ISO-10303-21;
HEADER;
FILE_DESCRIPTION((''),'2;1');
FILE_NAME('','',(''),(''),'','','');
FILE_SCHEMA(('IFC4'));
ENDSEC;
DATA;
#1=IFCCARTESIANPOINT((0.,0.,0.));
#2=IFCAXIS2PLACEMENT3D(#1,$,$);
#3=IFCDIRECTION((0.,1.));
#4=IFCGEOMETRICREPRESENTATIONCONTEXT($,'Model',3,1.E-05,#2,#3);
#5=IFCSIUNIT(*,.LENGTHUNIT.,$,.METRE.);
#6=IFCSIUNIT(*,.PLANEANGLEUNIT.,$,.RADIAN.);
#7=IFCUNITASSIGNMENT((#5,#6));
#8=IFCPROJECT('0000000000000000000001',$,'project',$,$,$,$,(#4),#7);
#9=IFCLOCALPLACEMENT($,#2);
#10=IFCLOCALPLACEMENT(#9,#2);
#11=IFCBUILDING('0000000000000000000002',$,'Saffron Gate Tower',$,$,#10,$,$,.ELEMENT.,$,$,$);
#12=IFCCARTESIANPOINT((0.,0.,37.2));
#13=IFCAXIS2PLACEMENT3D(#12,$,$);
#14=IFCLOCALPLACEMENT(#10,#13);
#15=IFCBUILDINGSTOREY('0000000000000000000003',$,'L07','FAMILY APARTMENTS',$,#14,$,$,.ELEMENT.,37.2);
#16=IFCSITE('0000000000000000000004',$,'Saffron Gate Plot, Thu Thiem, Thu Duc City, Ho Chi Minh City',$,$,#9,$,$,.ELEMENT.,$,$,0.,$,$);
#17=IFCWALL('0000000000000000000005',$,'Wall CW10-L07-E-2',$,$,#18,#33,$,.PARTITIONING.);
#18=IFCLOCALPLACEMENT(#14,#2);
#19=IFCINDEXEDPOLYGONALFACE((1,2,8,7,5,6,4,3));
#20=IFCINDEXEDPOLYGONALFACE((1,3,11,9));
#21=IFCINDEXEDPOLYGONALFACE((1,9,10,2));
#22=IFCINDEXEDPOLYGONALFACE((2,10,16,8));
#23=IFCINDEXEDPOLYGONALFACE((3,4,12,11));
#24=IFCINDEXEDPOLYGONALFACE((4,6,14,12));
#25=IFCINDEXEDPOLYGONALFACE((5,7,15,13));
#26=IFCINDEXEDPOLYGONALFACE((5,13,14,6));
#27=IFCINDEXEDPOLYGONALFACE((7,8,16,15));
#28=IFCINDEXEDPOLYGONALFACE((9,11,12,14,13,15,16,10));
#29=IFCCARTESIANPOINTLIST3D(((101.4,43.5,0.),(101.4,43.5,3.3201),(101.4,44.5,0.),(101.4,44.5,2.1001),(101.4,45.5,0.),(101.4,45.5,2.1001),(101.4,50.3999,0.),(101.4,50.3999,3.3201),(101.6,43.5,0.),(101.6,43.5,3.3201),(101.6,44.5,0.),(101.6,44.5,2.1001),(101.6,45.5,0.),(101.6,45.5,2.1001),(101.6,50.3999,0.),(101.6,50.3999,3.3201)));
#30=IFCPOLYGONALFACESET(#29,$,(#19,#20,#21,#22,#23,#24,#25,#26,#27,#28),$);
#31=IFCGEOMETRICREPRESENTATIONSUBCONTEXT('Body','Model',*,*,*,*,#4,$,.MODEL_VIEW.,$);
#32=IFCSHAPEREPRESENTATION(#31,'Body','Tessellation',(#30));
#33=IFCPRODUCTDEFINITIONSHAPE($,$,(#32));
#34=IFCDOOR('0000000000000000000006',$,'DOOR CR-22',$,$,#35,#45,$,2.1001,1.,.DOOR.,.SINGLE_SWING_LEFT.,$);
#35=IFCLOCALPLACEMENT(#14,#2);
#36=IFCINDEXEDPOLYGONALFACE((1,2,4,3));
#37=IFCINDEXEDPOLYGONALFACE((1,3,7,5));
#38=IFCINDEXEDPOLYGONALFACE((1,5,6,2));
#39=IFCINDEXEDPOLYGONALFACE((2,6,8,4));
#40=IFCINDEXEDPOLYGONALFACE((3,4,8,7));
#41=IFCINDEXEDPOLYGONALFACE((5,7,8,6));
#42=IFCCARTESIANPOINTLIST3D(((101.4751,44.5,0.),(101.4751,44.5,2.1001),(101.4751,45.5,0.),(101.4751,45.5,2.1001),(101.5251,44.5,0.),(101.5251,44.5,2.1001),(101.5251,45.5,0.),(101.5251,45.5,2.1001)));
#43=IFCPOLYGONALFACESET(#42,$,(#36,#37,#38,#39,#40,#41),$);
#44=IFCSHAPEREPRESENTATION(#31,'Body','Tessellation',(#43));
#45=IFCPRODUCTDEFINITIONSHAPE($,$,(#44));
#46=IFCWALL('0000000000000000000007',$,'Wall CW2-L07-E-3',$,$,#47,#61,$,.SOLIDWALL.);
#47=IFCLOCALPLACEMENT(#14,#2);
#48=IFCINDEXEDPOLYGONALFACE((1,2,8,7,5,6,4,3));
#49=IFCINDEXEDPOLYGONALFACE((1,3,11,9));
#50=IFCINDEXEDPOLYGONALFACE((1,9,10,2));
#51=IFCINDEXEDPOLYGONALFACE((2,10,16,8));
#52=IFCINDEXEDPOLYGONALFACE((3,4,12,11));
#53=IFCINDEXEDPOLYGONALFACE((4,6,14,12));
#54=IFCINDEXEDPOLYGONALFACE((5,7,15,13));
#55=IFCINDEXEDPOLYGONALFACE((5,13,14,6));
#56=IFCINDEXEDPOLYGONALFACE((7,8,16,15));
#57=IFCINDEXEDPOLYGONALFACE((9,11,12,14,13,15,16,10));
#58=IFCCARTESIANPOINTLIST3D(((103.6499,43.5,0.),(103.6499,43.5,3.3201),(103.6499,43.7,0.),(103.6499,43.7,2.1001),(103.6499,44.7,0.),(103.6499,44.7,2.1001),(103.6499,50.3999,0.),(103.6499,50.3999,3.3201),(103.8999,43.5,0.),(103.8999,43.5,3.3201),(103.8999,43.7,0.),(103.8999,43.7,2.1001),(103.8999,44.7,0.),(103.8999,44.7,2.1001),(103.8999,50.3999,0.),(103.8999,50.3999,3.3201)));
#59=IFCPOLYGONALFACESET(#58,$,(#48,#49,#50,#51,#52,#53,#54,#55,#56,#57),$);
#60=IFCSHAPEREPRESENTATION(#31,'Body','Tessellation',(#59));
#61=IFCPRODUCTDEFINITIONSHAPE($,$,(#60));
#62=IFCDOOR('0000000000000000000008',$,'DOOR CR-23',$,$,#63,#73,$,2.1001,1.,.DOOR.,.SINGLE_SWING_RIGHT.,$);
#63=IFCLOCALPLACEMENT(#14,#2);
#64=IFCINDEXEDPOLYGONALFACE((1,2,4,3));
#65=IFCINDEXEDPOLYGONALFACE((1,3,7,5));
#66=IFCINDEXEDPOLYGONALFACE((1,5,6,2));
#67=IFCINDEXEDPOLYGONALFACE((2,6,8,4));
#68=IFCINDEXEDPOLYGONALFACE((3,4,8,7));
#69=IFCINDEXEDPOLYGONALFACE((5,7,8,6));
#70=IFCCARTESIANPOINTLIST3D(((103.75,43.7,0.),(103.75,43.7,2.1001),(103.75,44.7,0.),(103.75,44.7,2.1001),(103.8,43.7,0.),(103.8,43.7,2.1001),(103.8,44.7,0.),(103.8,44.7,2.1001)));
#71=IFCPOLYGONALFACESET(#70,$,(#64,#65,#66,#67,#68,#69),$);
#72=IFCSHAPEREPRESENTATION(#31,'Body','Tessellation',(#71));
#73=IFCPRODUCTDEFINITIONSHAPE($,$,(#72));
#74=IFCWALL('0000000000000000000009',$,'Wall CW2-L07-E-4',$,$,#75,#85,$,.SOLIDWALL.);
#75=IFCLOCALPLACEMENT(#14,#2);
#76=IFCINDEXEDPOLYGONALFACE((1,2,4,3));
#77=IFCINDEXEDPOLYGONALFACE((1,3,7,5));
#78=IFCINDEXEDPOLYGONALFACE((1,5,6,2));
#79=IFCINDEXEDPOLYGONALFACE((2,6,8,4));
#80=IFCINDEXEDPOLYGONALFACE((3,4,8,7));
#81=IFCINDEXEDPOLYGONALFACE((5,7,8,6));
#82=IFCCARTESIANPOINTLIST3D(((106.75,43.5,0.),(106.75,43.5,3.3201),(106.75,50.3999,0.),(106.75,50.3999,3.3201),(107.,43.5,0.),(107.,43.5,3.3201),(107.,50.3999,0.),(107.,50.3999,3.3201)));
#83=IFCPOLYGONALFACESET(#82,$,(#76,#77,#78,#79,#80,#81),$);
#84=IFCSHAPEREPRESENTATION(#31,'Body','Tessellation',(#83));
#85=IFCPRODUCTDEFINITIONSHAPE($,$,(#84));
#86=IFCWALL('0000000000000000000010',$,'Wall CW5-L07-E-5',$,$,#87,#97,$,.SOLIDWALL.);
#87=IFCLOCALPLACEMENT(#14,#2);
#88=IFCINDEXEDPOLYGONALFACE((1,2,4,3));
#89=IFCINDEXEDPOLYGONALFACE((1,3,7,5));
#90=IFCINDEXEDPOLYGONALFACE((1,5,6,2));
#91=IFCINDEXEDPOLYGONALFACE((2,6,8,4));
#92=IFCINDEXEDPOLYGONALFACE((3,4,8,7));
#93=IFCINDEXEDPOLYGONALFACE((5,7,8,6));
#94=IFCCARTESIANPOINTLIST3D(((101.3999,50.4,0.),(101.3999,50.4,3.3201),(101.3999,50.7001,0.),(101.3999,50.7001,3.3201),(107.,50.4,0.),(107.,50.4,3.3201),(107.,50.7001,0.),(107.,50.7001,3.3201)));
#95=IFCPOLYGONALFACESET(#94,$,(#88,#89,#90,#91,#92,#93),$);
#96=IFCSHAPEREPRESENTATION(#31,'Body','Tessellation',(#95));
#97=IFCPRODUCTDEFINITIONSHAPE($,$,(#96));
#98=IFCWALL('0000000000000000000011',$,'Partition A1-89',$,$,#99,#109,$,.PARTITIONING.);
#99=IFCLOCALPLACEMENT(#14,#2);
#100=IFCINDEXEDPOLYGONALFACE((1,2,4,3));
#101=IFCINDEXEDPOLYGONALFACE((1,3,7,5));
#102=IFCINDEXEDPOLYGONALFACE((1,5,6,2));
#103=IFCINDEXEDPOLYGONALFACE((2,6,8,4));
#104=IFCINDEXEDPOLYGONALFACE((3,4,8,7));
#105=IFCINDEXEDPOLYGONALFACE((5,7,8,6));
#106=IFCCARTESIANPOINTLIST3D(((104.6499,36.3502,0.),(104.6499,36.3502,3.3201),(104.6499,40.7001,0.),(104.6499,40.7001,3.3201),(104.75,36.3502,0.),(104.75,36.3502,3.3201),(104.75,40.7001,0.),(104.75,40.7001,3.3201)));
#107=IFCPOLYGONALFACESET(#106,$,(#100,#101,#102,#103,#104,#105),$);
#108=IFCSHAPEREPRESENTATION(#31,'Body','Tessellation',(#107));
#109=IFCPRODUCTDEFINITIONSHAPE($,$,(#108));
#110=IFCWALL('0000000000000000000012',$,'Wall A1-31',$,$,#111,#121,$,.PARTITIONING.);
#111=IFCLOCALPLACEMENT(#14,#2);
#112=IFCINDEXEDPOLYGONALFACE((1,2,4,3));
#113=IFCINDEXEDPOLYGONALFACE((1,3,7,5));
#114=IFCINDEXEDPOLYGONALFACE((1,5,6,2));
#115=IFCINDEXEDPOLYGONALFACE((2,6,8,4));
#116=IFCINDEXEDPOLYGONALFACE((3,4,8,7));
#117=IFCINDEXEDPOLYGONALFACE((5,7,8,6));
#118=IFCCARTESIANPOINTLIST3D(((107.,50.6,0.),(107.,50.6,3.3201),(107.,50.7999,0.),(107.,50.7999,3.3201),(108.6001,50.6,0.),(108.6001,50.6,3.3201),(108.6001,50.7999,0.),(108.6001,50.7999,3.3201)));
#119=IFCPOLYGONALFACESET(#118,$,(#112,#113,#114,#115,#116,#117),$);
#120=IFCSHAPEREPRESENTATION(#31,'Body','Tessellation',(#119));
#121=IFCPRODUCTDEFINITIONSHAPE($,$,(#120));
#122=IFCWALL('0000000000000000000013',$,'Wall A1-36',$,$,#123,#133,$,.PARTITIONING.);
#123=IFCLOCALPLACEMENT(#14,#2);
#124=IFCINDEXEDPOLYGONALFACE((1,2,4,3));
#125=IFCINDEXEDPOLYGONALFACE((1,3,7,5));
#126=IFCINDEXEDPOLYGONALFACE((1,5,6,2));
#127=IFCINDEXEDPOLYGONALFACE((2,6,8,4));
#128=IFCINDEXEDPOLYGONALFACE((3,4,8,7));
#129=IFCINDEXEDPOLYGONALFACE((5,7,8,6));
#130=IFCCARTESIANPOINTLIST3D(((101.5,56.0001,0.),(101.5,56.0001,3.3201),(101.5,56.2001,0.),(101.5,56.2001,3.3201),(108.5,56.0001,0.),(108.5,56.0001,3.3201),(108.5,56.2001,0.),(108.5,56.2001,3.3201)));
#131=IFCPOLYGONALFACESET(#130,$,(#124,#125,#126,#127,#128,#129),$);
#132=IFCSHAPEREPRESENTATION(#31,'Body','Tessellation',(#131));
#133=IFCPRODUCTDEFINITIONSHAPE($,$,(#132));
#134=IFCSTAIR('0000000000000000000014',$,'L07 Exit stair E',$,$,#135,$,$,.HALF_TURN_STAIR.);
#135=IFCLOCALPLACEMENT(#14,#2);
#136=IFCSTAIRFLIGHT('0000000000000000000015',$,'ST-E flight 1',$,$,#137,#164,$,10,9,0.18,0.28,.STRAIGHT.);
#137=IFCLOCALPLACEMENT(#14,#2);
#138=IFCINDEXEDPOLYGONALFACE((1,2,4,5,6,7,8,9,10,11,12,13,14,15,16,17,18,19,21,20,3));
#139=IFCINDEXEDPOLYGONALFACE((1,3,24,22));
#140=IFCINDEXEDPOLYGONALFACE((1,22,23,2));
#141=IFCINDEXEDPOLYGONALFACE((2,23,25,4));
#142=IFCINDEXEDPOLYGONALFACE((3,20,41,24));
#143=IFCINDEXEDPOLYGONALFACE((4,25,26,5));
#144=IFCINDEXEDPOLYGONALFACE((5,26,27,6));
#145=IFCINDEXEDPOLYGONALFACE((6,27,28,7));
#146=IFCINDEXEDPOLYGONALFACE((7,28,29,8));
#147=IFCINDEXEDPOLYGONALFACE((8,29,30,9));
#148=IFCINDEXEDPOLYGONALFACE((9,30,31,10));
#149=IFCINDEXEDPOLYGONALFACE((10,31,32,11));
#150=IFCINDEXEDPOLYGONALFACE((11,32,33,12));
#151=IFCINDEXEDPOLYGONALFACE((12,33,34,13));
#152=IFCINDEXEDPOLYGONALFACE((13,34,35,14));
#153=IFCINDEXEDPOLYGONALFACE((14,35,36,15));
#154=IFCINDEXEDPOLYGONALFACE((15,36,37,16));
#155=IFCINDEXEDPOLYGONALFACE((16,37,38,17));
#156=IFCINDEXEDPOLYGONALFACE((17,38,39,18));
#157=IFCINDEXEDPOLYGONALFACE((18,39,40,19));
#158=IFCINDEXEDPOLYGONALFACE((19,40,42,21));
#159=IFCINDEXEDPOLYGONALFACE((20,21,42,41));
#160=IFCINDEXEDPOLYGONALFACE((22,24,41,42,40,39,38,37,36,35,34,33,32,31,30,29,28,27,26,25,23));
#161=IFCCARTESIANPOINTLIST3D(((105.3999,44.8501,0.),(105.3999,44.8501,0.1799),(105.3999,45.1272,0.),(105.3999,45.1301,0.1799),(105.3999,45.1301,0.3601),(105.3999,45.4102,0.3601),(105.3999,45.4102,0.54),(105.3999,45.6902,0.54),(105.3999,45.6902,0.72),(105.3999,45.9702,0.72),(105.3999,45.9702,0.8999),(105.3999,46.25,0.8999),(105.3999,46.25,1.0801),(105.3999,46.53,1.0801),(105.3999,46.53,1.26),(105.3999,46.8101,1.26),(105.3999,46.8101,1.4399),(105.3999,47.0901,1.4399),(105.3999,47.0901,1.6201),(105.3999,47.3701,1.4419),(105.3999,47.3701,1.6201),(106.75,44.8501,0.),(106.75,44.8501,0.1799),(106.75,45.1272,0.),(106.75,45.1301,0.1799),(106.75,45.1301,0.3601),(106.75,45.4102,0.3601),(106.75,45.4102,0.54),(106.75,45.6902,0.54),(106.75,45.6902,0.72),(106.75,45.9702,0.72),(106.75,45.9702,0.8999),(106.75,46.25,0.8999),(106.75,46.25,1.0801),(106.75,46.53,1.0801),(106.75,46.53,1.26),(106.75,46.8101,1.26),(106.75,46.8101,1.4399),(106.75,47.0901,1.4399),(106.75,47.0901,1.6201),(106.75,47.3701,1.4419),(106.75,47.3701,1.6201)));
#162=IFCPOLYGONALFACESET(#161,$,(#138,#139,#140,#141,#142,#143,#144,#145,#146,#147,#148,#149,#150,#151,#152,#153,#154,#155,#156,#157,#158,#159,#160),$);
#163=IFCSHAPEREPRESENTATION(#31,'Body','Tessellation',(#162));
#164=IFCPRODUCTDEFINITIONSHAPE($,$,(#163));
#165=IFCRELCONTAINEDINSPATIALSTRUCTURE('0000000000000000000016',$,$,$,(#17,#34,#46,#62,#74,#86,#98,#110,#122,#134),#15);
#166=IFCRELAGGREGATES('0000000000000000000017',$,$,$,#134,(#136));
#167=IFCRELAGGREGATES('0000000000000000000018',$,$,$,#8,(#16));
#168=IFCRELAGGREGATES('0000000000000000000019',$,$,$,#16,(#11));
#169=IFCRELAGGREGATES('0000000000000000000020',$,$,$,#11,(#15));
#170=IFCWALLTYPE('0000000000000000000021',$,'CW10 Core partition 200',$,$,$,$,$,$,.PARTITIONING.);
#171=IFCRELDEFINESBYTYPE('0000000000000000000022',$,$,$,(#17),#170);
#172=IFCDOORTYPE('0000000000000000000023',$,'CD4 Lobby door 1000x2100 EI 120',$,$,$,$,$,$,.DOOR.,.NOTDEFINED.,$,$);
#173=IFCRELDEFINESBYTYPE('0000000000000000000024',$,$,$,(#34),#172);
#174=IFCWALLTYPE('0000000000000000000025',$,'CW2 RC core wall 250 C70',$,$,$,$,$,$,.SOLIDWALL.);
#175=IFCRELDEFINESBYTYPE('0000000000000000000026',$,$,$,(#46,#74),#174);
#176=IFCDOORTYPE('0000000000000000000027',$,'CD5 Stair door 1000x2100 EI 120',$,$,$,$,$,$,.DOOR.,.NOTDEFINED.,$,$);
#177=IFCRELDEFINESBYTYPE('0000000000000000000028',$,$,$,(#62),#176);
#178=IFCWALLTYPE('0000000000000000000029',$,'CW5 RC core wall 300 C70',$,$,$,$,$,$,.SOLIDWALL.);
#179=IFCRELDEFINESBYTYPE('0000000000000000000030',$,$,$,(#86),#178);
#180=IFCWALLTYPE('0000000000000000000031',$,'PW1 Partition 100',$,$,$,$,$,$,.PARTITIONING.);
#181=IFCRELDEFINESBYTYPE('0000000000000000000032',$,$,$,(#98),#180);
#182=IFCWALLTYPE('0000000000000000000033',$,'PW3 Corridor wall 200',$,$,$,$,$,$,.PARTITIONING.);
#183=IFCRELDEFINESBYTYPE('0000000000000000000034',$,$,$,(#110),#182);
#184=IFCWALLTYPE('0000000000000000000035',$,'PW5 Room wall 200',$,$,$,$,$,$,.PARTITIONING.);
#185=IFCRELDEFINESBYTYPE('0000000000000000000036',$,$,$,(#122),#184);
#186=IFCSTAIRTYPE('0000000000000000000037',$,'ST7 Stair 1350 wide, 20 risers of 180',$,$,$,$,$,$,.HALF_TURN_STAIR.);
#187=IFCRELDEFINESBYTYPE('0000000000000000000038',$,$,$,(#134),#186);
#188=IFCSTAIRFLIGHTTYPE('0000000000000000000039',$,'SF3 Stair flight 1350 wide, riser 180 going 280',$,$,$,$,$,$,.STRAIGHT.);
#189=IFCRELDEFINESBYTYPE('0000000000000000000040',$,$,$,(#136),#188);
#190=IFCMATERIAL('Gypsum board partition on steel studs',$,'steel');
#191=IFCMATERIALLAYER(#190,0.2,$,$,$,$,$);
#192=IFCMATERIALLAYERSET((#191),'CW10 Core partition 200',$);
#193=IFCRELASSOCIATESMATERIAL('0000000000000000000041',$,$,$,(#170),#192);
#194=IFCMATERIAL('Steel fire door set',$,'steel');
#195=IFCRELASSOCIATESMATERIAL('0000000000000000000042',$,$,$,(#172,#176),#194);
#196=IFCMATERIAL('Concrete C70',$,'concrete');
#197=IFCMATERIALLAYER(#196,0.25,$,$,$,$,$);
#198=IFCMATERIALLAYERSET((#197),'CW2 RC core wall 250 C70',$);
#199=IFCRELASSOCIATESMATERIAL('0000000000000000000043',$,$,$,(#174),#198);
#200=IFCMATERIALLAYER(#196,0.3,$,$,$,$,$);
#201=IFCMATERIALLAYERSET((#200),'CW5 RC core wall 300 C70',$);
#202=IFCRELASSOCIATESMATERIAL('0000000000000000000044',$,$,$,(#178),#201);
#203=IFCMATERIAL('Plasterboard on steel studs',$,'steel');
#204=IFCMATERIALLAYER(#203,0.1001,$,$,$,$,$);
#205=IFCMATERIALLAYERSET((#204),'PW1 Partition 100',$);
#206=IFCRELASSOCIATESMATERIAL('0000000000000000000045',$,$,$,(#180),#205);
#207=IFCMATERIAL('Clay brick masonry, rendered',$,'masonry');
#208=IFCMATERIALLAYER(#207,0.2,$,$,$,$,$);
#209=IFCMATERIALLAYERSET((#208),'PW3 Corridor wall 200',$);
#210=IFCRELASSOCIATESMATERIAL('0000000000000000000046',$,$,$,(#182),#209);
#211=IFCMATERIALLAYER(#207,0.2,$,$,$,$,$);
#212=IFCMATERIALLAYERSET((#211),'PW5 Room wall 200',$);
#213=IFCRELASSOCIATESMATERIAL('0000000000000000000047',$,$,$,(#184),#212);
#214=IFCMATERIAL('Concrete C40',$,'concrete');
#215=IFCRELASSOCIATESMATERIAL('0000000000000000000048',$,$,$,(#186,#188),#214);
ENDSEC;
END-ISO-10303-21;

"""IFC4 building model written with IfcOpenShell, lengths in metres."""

from ifc_helpers import new_model, si_unit, direction, frame, frame_2d, origin, place, context, subcontext, project, spatial, polyline, rectangle, outline, extrude, material, layer, layer_set, type_object, element, fill, aggregate, save


model = new_model("IFC4")

# Units and contexts
model_context = context("Model", 3, precision=1e-05, world=origin(), true_north=direction((0.0, 1.0)))
body_context = subcontext(model_context, "Body", "Model", "MODEL_VIEW")
ifc_project = project(units=[si_unit("LENGTHUNIT", "METRE"), si_unit("PLANEANGLEUNIT", "RADIAN")], contexts=[model_context])

# Site, building, storey
site_placement = place(None, origin())
site = spatial("IfcSite", under=ifc_project, at=site_placement, Name="Saffron Gate Plot, Thu Thiem, Thu Duc City, Ho Chi Minh City", CompositionType="ELEMENT", RefElevation=0.0)
building_placement = place(site_placement, origin())
building = spatial("IfcBuilding", under=site, at=building_placement, Name="Saffron Gate Tower", CompositionType="ELEMENT")
storey_placement = place(building_placement, frame((0.0, 0.0, 37.2)))
storey = spatial("IfcBuildingStorey", under=building, at=storey_placement, Name="L07", Description="FAMILY APARTMENTS", CompositionType="ELEMENT", Elevation=37.2)

# Walls, openings, doors
ifc_material_1 = material(Name="Gypsum board partition on steel studs", Category="steel")
ifc_layer_1 = layer(ifc_material_1, 0.2)
ifc_layer_set_1 = layer_set([ifc_layer_1], Name="CW10 Core partition 200")
wall_type_1 = type_object("IfcWallType", Name="CW10 Core partition 200", PredefinedType="PARTITIONING", material=ifc_layer_set_1)
wall_1_placement = place(storey_placement, frame((101.5, 43.5, 0.0), z_axis=(0.0, 0.0, 1.0), x_axis=(0.0, 1.0, 0.0)))
wall_1 = element("IfcWall", 1, at=wall_1_placement, inside=storey, type_object=wall_type_1, Name="Wall CW10-L07-E-2", PredefinedType="PARTITIONING", context=body_context, shape_type="SweptSolid", body=[
    extrude(rectangle(XDim=6.8999, YDim=0.2, at=frame_2d((3.45, 0.0))), origin(), (0.0, 0.0, 1.0), 3.3201),
])
opening_1_placement = place(wall_1_placement, frame((1.0, 0.0, 0.0)))
opening_1 = element("IfcOpeningElement", 2, at=opening_1_placement, cuts=wall_1, PredefinedType="OPENING", context=body_context, shape_type="SweptSolid", body=[
    extrude(rectangle(XDim=1.0, YDim=2.1001, at=frame_2d((0.5, 1.05))), frame((0.0, 0.1099, 0.0), z_axis=(0.0, -1.0, 0.0), x_axis=(1.0, 0.0, 0.0)), (0.0, 0.0, 1.0), 0.22),
])
ifc_material_2 = material(Name="Steel fire door set", Category="steel")
door_type_1 = type_object("IfcDoorType", Name="CD4 Lobby door 1000x2100 EI 120", OperationType="NOTDEFINED", PredefinedType="DOOR", material=ifc_material_2)
door_1_placement = place(opening_1_placement, origin())
door_1 = element("IfcDoor", 3, at=door_1_placement, inside=storey, type_object=door_type_1, Name="DOOR CR-22", OperationType="SINGLE_SWING_LEFT", OverallHeight=2.1001, OverallWidth=1.0, PredefinedType="DOOR", context=body_context, shape_type="SweptSolid", body=[
    extrude(rectangle(XDim=1.0, YDim=2.1001, at=frame_2d((0.5, 1.05))), frame((0.0, 0.0249, 0.0), z_axis=(0.0, -1.0, 0.0), x_axis=(1.0, 0.0, 0.0)), (0.0, 0.0, 1.0), 0.05),
])
fill(opening_1, door_1)
ifc_material_3 = material(Name="Concrete C70", Category="concrete")
ifc_layer_2 = layer(ifc_material_3, 0.25)
ifc_layer_set_2 = layer_set([ifc_layer_2], Name="CW2 RC core wall 250 C70")
wall_type_2 = type_object("IfcWallType", Name="CW2 RC core wall 250 C70", PredefinedType="SOLIDWALL", material=ifc_layer_set_2)
wall_2_placement = place(storey_placement, frame((103.7749, 43.5, 0.0), z_axis=(0.0, 0.0, 1.0), x_axis=(0.0, 1.0, 0.0)))
wall_2 = element("IfcWall", 4, at=wall_2_placement, inside=storey, type_object=wall_type_2, Name="Wall CW2-L07-E-3", PredefinedType="SOLIDWALL", context=body_context, shape_type="SweptSolid", body=[
    extrude(rectangle(XDim=6.8999, YDim=0.25, at=frame_2d((3.45, 0.0))), origin(), (0.0, 0.0, 1.0), 3.3201),
])
opening_2_placement = place(wall_2_placement, frame((0.2, 0.0, 0.0)))
opening_2 = element("IfcOpeningElement", 5, at=opening_2_placement, cuts=wall_2, PredefinedType="OPENING", context=body_context, shape_type="SweptSolid", body=[
    extrude(rectangle(XDim=1.0, YDim=2.1001, at=frame_2d((0.5, 1.05))), frame((0.0, 0.135, 0.0), z_axis=(0.0, -1.0, 0.0), x_axis=(1.0, 0.0, 0.0)), (0.0, 0.0, 1.0), 0.27),
])
door_type_2 = type_object("IfcDoorType", Name="CD5 Stair door 1000x2100 EI 120", OperationType="NOTDEFINED", PredefinedType="DOOR", material=ifc_material_2)
door_2_placement = place(opening_2_placement, origin())
door_2 = element("IfcDoor", 6, at=door_2_placement, inside=storey, type_object=door_type_2, Name="DOOR CR-23", OperationType="SINGLE_SWING_RIGHT", OverallHeight=2.1001, OverallWidth=1.0, PredefinedType="DOOR", context=body_context, shape_type="SweptSolid", body=[
    extrude(rectangle(XDim=1.0, YDim=2.1001, at=frame_2d((0.5, 1.05))), frame((0.0, 0.0249, 0.0), z_axis=(0.0, -1.0, 0.0), x_axis=(1.0, 0.0, 0.0)), (0.0, 0.0, 1.0), 0.05),
])
fill(opening_2, door_2)

# Walls
wall_3_placement = place(storey_placement, frame((106.875, 43.5, 0.0), z_axis=(0.0, 0.0, 1.0), x_axis=(0.0, 1.0, 0.0)))
element("IfcWall", 7, at=wall_3_placement, inside=storey, type_object=wall_type_2, Name="Wall CW2-L07-E-4", PredefinedType="SOLIDWALL", context=body_context, shape_type="SweptSolid", body=[
    extrude(rectangle(XDim=6.8999, YDim=0.25, at=frame_2d((3.45, 0.0))), origin(), (0.0, 0.0, 1.0), 3.3201),
])
ifc_layer_3 = layer(ifc_material_3, 0.3)
ifc_layer_set_3 = layer_set([ifc_layer_3], Name="CW5 RC core wall 300 C70")
wall_type_3 = type_object("IfcWallType", Name="CW5 RC core wall 300 C70", PredefinedType="SOLIDWALL", material=ifc_layer_set_3)
wall_4_placement = place(storey_placement, frame((101.3999, 50.55, 0.0), z_axis=(0.0, 0.0, 1.0), x_axis=(1.0, 0.0, 0.0)))
element("IfcWall", 8, at=wall_4_placement, inside=storey, type_object=wall_type_3, Name="Wall CW5-L07-E-5", PredefinedType="SOLIDWALL", context=body_context, shape_type="SweptSolid", body=[
    extrude(rectangle(XDim=5.6001, YDim=0.3, at=frame_2d((2.8, 0.0))), origin(), (0.0, 0.0, 1.0), 3.3201),
])
ifc_material_4 = material(Name="Plasterboard on steel studs", Category="steel")
ifc_layer_4 = layer(ifc_material_4, 0.1001)
ifc_layer_set_4 = layer_set([ifc_layer_4], Name="PW1 Partition 100")
wall_type_4 = type_object("IfcWallType", Name="PW1 Partition 100", PredefinedType="PARTITIONING", material=ifc_layer_set_4)
wall_5_placement = place(storey_placement, frame((104.7, 40.7, 0.0), z_axis=(0.0, 0.0, 1.0), x_axis=(0.0, -1.0, 0.0)))
element("IfcWall", 9, at=wall_5_placement, inside=storey, type_object=wall_type_4, Name="Partition A1-89", PredefinedType="PARTITIONING", context=body_context, shape_type="SweptSolid", body=[
    extrude(rectangle(XDim=4.3499, YDim=0.1001, at=frame_2d((2.1748, 0.0))), origin(), (0.0, 0.0, 1.0), 3.3201),
])
ifc_material_5 = material(Name="Clay brick masonry, rendered", Category="masonry")
ifc_layer_5 = layer(ifc_material_5, 0.2)
ifc_layer_set_5 = layer_set([ifc_layer_5], Name="PW3 Corridor wall 200")
wall_type_5 = type_object("IfcWallType", Name="PW3 Corridor wall 200", PredefinedType="PARTITIONING", material=ifc_layer_set_5)
wall_6_placement = place(storey_placement, frame((107.0, 50.7, 0.0), z_axis=(0.0, 0.0, 1.0), x_axis=(1.0, 0.0, 0.0)))
element("IfcWall", 10, at=wall_6_placement, inside=storey, type_object=wall_type_5, Name="Wall A1-31", PredefinedType="PARTITIONING", context=body_context, shape_type="SweptSolid", body=[
    extrude(rectangle(XDim=1.6001, YDim=0.2, at=frame_2d((0.8, 0.0))), origin(), (0.0, 0.0, 1.0), 3.3201),
])
ifc_layer_6 = layer(ifc_material_5, 0.2)
ifc_layer_set_6 = layer_set([ifc_layer_6], Name="PW5 Room wall 200")
wall_type_6 = type_object("IfcWallType", Name="PW5 Room wall 200", PredefinedType="PARTITIONING", material=ifc_layer_set_6)
wall_7_placement = place(storey_placement, frame((101.5, 56.1001, 0.0), z_axis=(0.0, 0.0, 1.0), x_axis=(1.0, 0.0, 0.0)))
element("IfcWall", 11, at=wall_7_placement, inside=storey, type_object=wall_type_6, Name="Wall A1-36", PredefinedType="PARTITIONING", context=body_context, shape_type="SweptSolid", body=[
    extrude(rectangle(XDim=7.0, YDim=0.2, at=frame_2d((3.5, 0.0))), origin(), (0.0, 0.0, 1.0), 3.3201),
])

# Stair, stair flight
ifc_material_6 = material(Name="Concrete C40", Category="concrete")
stair_type = type_object("IfcStairType", Name="ST7 Stair 1350 wide, 20 risers of 180", PredefinedType="HALF_TURN_STAIR", material=ifc_material_6)
stair_placement = place(storey_placement, origin())
stair = element("IfcStair", 12, at=stair_placement, inside=storey, type_object=stair_type, Name="L07 Exit stair E", PredefinedType="HALF_TURN_STAIR")
stair_flight_type = type_object("IfcStairFlightType", Name="SF3 Stair flight 1350 wide, riser 180 going 280", PredefinedType="STRAIGHT", material=ifc_material_6)
stair_flight_1_placement = place(storey_placement, frame((106.075, 44.8501, 0.0), z_axis=(0.0, 0.0, 1.0), x_axis=(0.0, 1.0, 0.0)))
stair_flight_1 = element("IfcStairFlight", 13, at=stair_flight_1_placement, type_object=stair_flight_type, Name="ST-E flight 1", NumberOfRisers=10, NumberOfTreads=9, PredefinedType="STRAIGHT", RiserHeight=0.18, TreadLength=0.28, context=body_context, shape_type="SweptSolid", body=[
    extrude(outline(polyline([(0.0, 0.0), (0.0, 0.1799), (0.28, 0.1799), (0.28, 0.3601), (0.5601, 0.3601), (0.5601, 0.54), (0.8401, 0.54), (0.8401, 0.72), (1.1201, 0.72), (1.1201, 0.8999), (1.3999, 0.8999), (1.3999, 1.0801), (1.6799, 1.0801), (1.6799, 1.26), (1.96, 1.26), (1.96, 1.4399), (2.24, 1.4399), (2.24, 1.6201), (2.52, 1.6201), (2.52, 1.8), (2.52, 1.4419), (0.2771, 0.0), (0.0, 0.0)])), frame((0.0, 0.675, 0.0), z_axis=(0.0, -1.0, 0.0), x_axis=(1.0, 0.0, 0.0)), (0.0, 0.0, 1.0), 1.3501),
])
aggregate(stair, [stair_flight_1])

save(model, "model.ifc")
